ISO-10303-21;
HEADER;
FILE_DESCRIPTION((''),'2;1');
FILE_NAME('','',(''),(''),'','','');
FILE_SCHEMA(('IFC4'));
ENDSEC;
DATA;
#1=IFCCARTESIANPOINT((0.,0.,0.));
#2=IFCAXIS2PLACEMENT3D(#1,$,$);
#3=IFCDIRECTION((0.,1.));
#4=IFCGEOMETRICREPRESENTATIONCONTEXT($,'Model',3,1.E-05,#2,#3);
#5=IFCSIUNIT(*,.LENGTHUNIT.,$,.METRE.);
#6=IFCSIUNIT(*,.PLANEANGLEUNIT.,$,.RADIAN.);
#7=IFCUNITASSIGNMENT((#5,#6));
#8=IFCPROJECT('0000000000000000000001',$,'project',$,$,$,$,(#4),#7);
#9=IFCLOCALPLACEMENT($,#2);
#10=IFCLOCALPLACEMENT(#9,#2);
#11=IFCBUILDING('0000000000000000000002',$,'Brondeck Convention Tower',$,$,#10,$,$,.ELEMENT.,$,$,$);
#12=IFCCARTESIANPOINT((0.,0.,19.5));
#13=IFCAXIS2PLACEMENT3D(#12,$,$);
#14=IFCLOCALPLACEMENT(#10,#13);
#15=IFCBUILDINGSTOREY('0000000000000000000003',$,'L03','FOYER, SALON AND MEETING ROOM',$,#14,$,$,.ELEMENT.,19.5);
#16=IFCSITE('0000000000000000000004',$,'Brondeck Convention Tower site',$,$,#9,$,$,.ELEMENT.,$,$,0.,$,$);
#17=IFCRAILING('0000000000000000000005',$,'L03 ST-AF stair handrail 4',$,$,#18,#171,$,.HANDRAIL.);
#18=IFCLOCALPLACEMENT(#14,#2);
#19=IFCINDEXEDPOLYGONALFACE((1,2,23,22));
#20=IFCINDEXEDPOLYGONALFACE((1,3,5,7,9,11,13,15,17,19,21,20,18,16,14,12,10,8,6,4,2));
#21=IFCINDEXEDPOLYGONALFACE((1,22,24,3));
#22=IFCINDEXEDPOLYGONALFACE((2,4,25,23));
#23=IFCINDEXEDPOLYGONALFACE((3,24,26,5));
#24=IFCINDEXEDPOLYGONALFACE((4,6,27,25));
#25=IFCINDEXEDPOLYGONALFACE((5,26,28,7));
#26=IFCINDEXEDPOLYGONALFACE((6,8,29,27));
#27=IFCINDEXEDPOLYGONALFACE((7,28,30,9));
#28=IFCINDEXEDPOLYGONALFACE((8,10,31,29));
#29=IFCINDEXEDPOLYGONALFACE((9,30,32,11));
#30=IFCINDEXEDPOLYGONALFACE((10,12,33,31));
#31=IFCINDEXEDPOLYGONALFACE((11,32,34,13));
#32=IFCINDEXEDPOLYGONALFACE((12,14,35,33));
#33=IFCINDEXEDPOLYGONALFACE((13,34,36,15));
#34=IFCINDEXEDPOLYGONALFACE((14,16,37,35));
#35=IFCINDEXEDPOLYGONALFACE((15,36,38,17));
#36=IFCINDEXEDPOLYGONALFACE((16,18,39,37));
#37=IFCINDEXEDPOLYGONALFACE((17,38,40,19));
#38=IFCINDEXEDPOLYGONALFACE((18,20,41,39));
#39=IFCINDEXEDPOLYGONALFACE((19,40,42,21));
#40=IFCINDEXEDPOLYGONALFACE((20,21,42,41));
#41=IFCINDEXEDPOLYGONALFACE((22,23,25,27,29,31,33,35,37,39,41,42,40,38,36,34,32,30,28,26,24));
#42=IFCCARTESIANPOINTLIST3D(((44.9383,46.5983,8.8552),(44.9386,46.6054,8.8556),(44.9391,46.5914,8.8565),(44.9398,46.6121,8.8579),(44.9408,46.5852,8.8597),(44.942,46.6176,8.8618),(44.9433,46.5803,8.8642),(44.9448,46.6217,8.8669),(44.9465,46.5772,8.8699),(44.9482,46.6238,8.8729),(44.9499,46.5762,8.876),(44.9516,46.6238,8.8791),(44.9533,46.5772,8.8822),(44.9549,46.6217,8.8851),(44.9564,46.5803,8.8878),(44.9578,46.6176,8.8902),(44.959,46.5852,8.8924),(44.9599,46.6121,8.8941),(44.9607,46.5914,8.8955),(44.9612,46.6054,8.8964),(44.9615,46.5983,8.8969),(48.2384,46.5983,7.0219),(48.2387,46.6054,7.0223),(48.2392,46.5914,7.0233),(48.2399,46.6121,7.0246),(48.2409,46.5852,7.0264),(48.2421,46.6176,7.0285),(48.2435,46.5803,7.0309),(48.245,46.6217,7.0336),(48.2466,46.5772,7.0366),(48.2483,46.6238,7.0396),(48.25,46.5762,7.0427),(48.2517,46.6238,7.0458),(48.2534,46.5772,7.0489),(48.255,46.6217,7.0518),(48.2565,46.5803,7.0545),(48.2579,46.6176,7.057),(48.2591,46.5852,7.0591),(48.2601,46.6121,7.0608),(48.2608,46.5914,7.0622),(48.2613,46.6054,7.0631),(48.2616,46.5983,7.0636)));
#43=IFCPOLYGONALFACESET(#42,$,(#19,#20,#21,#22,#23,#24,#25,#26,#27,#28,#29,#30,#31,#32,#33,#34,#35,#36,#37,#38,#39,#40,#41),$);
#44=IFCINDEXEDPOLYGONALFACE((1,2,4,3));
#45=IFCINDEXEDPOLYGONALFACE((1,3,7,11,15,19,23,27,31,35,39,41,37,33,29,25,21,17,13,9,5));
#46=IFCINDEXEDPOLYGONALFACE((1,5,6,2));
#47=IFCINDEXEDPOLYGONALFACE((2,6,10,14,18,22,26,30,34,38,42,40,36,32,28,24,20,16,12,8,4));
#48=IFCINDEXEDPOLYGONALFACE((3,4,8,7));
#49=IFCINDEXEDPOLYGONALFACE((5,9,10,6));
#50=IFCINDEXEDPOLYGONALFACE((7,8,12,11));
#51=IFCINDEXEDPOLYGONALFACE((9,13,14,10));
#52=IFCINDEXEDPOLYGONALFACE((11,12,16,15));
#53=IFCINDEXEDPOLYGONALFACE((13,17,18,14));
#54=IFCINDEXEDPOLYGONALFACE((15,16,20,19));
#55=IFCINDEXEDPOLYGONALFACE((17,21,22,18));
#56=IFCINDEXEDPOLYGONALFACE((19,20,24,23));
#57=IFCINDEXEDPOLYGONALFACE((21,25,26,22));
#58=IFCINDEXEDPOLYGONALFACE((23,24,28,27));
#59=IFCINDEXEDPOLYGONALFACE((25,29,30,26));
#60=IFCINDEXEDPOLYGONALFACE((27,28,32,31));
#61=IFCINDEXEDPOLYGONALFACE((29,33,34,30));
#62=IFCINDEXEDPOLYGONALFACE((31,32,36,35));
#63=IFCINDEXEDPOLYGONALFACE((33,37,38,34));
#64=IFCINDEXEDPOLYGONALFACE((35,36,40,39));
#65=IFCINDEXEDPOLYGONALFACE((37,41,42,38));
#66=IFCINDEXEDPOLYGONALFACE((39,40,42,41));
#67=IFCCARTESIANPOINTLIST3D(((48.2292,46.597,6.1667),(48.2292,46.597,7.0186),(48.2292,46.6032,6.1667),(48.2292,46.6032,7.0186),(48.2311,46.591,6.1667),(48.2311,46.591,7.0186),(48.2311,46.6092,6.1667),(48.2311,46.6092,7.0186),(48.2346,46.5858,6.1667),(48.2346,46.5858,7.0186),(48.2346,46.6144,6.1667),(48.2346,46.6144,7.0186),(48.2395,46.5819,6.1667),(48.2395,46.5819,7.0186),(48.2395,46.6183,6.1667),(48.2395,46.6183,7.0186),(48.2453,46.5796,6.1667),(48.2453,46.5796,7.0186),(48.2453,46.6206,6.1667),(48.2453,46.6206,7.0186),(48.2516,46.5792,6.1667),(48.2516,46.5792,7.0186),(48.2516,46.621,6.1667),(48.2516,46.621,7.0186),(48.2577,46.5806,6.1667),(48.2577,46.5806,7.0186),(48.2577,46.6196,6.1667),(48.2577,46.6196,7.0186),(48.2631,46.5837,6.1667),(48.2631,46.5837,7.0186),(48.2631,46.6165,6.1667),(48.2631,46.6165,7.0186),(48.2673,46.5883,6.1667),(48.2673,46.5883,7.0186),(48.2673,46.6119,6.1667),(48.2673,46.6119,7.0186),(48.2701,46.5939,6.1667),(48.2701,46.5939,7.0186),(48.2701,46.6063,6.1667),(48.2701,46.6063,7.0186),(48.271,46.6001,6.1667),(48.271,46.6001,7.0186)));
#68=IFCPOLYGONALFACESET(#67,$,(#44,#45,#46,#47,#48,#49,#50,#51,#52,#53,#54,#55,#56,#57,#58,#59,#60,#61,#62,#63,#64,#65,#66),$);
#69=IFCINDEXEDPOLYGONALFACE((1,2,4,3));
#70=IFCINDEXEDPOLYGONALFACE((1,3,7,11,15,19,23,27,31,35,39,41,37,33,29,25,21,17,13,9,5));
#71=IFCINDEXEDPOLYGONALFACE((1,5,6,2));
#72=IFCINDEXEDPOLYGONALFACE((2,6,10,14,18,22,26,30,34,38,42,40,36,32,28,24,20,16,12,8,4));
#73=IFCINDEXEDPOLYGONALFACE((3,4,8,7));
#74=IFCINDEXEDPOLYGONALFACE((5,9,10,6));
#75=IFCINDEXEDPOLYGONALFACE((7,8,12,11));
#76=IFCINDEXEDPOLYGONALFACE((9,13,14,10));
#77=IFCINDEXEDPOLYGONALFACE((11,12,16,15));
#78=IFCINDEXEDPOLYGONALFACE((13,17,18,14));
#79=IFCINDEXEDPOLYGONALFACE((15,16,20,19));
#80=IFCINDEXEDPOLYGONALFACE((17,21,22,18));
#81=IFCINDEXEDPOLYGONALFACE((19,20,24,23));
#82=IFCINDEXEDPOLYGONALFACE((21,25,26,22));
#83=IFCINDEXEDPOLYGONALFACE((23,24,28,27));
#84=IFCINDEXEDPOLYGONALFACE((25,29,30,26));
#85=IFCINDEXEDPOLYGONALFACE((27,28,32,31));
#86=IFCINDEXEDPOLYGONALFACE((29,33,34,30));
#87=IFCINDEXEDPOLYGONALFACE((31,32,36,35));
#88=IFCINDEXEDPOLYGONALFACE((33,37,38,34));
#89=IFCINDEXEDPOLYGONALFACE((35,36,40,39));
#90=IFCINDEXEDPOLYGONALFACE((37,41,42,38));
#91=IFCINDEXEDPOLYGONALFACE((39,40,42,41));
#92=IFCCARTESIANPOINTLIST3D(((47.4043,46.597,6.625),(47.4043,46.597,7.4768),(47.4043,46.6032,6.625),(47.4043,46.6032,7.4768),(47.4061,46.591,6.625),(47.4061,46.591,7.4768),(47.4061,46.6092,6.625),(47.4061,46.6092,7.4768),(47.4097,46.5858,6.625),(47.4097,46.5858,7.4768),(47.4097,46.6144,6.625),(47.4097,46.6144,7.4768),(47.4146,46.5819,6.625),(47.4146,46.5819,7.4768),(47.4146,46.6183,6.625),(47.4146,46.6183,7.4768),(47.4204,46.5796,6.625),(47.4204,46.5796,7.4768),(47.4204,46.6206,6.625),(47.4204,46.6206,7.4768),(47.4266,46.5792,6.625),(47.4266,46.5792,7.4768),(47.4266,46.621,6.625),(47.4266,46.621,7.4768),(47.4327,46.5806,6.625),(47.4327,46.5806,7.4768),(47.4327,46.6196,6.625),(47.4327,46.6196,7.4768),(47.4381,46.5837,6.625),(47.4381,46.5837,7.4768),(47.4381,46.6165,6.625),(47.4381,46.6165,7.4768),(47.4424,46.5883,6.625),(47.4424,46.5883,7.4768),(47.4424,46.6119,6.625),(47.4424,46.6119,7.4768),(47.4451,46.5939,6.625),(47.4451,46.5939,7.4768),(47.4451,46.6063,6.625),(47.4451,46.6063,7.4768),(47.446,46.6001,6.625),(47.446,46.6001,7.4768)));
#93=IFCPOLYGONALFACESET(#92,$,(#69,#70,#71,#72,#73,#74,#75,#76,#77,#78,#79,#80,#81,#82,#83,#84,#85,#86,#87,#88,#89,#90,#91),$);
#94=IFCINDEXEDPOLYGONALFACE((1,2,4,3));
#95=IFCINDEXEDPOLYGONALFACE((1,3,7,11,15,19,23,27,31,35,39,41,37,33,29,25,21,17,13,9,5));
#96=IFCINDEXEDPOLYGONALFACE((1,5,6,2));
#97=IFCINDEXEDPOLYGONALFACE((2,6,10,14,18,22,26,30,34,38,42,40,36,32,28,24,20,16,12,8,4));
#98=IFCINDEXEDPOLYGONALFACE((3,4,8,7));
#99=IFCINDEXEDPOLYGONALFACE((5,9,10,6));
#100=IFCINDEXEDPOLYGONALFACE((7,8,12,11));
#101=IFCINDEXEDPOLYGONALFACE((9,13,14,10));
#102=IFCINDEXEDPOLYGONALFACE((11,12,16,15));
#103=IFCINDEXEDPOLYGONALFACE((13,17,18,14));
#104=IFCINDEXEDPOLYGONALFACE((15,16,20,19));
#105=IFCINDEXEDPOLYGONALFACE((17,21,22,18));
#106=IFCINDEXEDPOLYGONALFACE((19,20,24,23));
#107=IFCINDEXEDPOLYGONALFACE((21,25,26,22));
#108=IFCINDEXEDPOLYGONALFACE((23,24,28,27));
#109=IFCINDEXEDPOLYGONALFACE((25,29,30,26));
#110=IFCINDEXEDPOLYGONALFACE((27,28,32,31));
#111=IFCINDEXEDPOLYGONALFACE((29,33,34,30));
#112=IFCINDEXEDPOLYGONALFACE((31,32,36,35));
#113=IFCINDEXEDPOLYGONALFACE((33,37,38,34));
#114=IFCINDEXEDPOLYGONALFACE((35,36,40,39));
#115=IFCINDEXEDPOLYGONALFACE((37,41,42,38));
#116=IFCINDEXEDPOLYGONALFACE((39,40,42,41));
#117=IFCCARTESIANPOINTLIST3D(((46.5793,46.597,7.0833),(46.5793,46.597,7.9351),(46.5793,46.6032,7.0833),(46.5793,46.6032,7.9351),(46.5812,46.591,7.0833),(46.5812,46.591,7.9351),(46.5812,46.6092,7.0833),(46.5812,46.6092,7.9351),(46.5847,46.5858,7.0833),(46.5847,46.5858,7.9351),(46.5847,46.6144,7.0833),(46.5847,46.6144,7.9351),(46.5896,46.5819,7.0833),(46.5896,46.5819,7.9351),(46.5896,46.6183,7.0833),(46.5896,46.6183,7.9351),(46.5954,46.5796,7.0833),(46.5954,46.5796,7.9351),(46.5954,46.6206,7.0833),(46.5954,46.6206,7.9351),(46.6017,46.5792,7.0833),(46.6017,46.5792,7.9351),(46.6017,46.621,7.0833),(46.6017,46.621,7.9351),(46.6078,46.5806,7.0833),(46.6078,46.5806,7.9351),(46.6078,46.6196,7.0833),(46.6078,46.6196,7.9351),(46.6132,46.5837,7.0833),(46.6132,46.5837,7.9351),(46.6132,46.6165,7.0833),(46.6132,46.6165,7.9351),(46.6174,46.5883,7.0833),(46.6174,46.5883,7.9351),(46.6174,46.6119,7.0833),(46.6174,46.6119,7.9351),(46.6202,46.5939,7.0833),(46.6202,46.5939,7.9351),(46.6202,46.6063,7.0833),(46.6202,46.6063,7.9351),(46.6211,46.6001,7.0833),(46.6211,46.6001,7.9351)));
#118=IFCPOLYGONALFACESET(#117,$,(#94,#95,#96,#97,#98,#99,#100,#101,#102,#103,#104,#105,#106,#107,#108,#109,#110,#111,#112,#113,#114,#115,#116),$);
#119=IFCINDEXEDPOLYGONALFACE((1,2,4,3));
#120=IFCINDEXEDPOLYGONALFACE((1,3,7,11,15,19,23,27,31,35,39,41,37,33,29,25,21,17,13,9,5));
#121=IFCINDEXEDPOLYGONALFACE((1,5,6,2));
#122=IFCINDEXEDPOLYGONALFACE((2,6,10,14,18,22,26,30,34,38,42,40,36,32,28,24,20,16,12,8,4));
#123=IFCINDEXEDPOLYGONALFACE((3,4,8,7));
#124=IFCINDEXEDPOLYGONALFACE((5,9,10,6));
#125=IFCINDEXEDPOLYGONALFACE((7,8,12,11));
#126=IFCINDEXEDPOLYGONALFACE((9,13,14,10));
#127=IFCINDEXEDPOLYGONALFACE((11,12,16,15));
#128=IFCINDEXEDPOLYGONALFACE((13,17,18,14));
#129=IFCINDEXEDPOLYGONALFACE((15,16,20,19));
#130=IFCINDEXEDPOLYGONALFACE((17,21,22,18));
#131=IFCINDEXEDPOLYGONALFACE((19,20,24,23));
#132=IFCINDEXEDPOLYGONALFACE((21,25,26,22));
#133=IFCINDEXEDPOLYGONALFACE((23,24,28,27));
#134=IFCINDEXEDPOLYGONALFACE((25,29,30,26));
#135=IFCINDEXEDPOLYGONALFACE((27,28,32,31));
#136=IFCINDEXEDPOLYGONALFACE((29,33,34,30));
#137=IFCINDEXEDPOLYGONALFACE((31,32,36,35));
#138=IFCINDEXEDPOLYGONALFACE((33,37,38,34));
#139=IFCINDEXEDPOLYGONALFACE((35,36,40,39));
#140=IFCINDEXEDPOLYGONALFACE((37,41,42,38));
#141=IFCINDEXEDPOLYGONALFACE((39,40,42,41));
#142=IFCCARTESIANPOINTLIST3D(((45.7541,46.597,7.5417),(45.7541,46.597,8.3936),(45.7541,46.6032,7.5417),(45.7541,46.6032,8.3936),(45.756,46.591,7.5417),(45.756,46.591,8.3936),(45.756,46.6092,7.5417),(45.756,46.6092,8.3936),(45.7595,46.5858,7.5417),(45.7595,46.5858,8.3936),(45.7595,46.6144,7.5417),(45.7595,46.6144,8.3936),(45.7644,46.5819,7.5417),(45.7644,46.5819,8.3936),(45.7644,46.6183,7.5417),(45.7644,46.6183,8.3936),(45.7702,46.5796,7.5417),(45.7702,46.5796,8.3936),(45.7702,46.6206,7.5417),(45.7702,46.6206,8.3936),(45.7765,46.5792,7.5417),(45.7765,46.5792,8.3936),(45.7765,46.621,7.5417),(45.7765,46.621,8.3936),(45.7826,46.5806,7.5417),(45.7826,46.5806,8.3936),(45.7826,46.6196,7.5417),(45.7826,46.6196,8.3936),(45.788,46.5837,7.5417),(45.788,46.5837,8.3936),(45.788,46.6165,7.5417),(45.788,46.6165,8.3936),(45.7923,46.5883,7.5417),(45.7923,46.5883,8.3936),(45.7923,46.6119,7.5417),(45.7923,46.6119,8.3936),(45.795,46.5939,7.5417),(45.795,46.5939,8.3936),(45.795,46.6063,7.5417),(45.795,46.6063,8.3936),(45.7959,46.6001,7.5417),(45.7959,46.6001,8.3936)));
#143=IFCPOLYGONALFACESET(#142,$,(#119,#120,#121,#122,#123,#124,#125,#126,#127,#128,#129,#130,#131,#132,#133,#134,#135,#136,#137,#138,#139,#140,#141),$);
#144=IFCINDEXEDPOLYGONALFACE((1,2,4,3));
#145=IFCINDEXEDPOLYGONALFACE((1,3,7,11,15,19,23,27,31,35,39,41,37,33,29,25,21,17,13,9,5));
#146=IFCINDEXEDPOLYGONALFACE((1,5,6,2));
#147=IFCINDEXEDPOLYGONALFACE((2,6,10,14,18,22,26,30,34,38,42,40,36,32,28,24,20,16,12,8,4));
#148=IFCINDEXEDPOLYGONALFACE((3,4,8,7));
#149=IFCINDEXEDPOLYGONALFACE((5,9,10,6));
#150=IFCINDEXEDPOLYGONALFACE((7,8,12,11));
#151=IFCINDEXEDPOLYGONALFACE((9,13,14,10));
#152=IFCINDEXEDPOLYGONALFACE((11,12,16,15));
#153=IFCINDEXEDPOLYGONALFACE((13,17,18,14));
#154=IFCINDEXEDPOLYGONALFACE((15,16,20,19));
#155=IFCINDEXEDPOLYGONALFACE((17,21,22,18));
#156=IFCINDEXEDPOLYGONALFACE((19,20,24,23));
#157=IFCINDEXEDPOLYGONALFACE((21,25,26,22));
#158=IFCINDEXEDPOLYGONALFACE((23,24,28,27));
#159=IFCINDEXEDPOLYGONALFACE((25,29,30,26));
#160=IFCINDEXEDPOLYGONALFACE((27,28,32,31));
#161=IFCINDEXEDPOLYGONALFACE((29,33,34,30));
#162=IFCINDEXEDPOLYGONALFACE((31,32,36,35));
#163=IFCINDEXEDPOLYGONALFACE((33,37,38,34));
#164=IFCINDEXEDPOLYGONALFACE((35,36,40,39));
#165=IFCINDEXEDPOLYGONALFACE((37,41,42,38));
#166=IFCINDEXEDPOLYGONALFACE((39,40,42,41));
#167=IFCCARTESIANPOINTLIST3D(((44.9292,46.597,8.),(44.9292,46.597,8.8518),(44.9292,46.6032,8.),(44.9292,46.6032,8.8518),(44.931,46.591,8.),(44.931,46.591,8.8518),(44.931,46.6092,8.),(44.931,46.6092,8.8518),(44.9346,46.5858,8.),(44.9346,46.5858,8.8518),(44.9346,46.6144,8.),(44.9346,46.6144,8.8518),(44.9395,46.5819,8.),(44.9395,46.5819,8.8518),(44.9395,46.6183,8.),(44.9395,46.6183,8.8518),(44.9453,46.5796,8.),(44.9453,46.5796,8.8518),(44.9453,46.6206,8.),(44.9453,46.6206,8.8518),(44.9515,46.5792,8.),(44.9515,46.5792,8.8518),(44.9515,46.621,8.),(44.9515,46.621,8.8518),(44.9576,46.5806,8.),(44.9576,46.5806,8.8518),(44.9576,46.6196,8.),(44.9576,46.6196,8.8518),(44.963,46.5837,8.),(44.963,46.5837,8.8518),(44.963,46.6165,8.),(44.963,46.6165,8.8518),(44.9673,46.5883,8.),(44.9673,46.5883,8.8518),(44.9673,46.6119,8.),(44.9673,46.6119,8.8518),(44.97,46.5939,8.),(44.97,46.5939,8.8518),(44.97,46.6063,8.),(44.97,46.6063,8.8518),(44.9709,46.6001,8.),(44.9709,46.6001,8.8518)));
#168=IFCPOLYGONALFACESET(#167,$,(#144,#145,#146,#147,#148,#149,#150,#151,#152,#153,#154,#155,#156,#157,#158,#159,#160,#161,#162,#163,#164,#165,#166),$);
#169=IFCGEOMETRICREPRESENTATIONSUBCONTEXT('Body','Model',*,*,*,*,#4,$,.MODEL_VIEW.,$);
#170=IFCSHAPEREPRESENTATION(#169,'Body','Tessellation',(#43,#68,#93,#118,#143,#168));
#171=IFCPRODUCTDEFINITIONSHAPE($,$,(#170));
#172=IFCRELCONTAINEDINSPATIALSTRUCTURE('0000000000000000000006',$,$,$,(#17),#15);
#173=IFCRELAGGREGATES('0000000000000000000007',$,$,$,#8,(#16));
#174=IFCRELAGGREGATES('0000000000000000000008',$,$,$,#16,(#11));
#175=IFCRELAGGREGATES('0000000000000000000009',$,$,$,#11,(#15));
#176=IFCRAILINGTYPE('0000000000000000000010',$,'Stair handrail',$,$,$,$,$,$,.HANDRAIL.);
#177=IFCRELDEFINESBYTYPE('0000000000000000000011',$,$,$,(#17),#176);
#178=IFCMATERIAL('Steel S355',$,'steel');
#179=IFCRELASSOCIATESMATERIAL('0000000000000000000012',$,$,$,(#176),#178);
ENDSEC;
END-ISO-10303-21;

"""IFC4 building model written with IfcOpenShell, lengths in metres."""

from ifc_helpers import new_model, si_unit, direction, frame, origin, origin_2d, place, context, subcontext, project, spatial, circle, extrude, material, type_object, element, save


model = new_model("IFC4")

# Units and contexts
model_context = context("Model", 3, precision=1e-05, world=origin(), true_north=direction((0.0, 1.0)))
body_context = subcontext(model_context, "Body", "Model", "MODEL_VIEW")
ifc_project = project(units=[si_unit("LENGTHUNIT", "METRE"), si_unit("PLANEANGLEUNIT", "RADIAN")], contexts=[model_context])

# Site, building, storey
site_placement = place(None, origin())
site = spatial("IfcSite", under=ifc_project, at=site_placement, Name="Brondeck Convention Tower site", CompositionType="ELEMENT", RefElevation=0.0)
building_placement = place(site_placement, origin())
building = spatial("IfcBuilding", under=site, at=building_placement, Name="Brondeck Convention Tower", CompositionType="ELEMENT")
storey_placement = place(building_placement, frame((0.0, 0.0, 19.5)))
storey = spatial("IfcBuildingStorey", under=building, at=storey_placement, Name="L03", Description="FOYER, SALON AND MEETING ROOM", CompositionType="ELEMENT", Elevation=19.5)

# Shared definitions
ifc_material_1 = material(Name="Steel S355", Category="steel")

# Railing
railing_type_1 = type_object("IfcRailingType", Name="Stair handrail", PredefinedType="HANDRAIL", material=ifc_material_1)
for number, where, name in (
    (1, (48.25, 46.6001, 6.1667), "L03 ST-AF stair handrail 4"),
):
    element("IfcRailing", number, at=place(storey_placement, frame(where)), inside=storey, type_object=railing_type_1, Name=name, PredefinedType="HANDRAIL", context=body_context, shape_type="SweptSolid", body=[
        extrude(circle(Radius=0.0239, at=origin_2d()), frame((0.0, 0.0, 0.876), z_axis=(-0.874169, 0.0, 0.485621), x_axis=(0.0, -1.0, 0.0)), (0.0, 0.0, 1.0), 3.7751),
        extrude(circle(Radius=0.021, at=origin_2d()), origin(), (0.0, 0.0, 1.0), 0.8518),
        extrude(circle(Radius=0.021, at=origin_2d()), frame((-0.825, 0.0, 0.4583)), (0.0, 0.0, 1.0), 0.8518),
        extrude(circle(Radius=0.021, at=origin_2d()), frame((-1.6499, 0.0, 0.9165)), (0.0, 0.0, 1.0), 0.8518),
        extrude(circle(Radius=0.021, at=origin_2d()), frame((-2.4751, 0.0, 1.375)), (0.0, 0.0, 1.0), 0.8518),
        extrude(circle(Radius=0.021, at=origin_2d()), frame((-3.3, 0.0, 1.8333)), (0.0, 0.0, 1.0), 0.8518),
    ])

save(model, "model.ifc")
